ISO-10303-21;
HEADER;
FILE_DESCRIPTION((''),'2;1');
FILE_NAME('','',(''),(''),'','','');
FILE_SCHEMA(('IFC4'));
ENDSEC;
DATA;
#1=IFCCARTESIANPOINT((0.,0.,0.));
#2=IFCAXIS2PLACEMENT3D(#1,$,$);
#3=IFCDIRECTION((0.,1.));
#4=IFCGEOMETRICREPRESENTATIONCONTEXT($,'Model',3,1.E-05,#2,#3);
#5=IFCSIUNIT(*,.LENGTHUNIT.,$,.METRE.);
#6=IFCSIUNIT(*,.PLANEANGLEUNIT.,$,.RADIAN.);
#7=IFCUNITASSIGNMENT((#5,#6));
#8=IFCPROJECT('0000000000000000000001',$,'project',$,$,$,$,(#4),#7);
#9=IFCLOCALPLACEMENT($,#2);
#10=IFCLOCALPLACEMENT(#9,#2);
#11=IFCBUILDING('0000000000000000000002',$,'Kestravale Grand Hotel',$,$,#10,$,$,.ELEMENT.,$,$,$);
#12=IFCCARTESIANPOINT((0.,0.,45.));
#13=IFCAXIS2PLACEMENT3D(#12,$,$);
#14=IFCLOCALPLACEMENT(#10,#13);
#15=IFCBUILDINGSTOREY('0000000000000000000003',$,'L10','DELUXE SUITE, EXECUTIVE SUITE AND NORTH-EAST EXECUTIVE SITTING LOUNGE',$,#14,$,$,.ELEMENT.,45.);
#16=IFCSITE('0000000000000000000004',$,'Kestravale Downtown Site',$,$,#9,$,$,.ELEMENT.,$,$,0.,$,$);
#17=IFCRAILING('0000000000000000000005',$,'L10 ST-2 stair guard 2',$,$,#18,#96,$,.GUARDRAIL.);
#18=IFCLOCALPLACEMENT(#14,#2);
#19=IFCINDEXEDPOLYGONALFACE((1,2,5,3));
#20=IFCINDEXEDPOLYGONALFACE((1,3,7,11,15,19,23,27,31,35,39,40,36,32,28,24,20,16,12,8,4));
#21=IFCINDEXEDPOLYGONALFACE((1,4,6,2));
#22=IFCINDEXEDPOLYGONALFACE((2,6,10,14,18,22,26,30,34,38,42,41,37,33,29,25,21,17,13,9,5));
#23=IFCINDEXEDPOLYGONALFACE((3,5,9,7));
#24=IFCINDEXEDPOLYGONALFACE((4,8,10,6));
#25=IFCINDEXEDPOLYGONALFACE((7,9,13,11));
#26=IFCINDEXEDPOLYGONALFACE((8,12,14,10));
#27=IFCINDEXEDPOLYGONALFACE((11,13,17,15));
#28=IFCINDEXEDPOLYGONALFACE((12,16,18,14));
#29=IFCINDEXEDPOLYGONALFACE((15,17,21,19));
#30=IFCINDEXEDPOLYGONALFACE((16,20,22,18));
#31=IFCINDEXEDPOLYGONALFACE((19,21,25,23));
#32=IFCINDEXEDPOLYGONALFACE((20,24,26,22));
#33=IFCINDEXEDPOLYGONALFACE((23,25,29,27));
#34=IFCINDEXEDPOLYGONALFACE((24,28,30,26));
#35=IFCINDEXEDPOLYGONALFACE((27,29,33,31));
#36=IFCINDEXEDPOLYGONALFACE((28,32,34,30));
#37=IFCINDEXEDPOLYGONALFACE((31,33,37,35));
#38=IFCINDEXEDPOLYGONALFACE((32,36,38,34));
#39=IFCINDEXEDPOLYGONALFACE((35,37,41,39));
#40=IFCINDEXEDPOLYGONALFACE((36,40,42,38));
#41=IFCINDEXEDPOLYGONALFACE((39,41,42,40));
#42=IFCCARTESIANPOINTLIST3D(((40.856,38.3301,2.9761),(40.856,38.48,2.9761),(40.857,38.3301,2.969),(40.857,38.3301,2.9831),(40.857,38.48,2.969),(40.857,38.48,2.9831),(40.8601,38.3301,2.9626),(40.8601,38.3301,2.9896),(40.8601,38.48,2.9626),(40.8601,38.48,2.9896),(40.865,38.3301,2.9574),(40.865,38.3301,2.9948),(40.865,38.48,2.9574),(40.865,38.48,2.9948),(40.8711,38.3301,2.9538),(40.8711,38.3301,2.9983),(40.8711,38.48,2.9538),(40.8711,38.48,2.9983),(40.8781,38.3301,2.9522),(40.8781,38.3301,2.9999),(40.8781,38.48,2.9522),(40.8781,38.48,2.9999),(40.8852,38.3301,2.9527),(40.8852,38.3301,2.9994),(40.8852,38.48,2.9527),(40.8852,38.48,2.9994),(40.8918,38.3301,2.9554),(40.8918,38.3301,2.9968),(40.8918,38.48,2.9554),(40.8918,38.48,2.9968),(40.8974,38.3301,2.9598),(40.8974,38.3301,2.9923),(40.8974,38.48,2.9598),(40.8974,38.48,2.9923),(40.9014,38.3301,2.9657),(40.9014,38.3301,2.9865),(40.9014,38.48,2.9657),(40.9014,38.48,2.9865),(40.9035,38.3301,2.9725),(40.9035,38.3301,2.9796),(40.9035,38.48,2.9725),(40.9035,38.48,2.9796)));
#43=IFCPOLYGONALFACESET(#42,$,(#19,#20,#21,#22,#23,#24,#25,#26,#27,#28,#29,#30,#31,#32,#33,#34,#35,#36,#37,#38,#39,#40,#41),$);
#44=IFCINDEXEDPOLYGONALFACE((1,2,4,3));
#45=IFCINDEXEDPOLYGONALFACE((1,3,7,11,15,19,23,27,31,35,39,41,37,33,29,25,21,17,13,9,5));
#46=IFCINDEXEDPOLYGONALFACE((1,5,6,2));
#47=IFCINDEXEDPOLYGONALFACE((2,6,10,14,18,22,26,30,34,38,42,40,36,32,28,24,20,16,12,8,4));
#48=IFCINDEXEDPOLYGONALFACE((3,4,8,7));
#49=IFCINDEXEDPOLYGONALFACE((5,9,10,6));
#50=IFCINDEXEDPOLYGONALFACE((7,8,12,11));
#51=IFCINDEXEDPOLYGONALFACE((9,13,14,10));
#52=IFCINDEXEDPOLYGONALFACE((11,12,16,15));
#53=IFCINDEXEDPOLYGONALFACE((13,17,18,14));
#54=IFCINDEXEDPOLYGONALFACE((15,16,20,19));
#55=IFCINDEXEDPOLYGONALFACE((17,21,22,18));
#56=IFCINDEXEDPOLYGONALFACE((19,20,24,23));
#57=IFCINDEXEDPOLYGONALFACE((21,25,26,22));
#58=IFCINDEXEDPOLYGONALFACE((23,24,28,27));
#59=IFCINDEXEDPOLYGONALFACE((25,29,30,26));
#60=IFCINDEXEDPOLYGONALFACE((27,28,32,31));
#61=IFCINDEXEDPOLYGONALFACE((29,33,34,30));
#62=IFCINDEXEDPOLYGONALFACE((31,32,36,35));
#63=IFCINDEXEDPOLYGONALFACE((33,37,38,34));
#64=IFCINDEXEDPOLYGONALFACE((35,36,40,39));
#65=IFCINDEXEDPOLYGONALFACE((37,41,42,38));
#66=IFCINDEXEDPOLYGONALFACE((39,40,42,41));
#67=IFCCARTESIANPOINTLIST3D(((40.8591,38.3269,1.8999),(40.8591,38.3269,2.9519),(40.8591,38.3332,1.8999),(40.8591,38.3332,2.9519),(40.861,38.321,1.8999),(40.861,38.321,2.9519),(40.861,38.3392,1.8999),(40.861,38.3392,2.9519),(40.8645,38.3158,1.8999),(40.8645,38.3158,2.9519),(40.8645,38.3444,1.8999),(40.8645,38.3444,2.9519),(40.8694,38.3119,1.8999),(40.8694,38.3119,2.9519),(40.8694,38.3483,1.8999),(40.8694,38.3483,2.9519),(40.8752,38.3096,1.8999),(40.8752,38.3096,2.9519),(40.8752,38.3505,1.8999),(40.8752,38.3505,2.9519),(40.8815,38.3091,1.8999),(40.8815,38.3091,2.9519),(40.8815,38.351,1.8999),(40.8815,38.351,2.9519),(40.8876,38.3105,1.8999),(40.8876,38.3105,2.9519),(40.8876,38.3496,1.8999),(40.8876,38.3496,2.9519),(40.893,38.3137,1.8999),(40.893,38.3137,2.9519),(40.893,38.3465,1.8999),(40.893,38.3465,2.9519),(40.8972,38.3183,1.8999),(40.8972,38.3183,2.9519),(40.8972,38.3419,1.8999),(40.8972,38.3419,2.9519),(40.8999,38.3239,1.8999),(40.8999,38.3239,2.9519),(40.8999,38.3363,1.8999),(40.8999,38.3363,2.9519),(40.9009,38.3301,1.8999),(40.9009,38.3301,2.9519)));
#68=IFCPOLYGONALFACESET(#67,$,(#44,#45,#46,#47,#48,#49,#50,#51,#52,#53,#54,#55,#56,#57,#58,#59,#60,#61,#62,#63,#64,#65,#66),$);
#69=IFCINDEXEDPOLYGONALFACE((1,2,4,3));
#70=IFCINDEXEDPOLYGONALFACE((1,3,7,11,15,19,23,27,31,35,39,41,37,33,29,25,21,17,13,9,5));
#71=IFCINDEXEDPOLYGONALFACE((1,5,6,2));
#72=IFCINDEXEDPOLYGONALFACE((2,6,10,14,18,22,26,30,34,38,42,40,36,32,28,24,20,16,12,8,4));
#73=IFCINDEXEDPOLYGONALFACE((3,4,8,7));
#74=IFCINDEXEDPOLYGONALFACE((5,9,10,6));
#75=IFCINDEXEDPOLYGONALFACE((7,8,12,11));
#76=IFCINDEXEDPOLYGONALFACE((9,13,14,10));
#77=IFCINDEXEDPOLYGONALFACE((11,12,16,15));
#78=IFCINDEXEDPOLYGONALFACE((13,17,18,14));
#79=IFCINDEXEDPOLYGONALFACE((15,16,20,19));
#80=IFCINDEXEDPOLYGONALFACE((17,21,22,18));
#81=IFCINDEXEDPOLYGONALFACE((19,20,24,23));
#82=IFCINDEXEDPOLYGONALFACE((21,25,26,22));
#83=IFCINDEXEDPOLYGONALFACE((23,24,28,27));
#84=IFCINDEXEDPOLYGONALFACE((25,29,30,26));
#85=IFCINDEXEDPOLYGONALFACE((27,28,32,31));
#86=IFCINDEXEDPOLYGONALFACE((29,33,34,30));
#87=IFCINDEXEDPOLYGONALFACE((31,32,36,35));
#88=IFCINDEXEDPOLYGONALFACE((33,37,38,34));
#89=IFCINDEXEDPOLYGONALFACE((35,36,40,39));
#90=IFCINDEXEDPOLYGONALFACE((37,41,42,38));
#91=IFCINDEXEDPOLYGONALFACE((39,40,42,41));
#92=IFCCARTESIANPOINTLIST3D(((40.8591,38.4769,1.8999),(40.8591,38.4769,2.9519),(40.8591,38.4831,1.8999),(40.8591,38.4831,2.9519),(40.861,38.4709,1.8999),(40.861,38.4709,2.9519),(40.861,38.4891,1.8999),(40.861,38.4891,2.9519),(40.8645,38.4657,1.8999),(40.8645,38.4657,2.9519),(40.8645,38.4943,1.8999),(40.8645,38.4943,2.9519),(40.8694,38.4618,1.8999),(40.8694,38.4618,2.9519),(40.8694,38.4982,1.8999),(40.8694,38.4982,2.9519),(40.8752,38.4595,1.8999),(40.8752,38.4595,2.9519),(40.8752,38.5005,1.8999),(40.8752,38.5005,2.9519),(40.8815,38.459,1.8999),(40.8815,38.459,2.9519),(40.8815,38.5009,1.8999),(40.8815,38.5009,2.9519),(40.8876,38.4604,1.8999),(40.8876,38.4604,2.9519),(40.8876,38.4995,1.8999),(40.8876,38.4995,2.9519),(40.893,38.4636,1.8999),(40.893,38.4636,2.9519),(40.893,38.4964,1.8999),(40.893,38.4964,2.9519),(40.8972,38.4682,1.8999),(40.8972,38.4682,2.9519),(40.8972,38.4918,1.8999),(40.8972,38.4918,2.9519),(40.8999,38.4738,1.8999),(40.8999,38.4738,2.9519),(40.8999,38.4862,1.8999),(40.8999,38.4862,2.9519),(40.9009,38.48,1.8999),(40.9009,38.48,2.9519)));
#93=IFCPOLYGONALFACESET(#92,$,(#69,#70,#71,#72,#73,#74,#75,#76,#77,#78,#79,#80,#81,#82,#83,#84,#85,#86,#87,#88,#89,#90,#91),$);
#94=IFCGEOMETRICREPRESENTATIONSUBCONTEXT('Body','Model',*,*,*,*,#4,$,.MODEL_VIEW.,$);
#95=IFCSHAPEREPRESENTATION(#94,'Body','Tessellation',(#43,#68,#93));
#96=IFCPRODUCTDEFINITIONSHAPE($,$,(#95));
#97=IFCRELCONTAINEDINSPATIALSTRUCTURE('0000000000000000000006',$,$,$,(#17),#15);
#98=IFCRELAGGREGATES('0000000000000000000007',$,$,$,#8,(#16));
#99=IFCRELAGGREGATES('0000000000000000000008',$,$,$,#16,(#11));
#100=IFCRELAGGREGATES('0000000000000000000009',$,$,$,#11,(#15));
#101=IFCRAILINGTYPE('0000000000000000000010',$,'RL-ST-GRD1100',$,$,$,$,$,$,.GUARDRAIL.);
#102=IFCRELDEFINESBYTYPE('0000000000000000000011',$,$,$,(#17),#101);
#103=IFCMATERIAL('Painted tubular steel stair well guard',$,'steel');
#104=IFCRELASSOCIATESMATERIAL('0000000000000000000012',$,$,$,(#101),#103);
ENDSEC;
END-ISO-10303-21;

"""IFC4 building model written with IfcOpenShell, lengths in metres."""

from ifc_helpers import new_model, si_unit, direction, frame, origin, origin_2d, place, context, subcontext, project, spatial, circle, extrude, material, type_object, element, save


model = new_model("IFC4")

# Units and contexts
model_context = context("Model", 3, precision=1e-05, world=origin(), true_north=direction((0.0, 1.0)))
body_context = subcontext(model_context, "Body", "Model", "MODEL_VIEW")
ifc_project = project(units=[si_unit("LENGTHUNIT", "METRE"), si_unit("PLANEANGLEUNIT", "RADIAN")], contexts=[model_context])

# Site, building, storey
site_placement = place(None, origin())
site = spatial("IfcSite", under=ifc_project, at=site_placement, Name="Kestravale Downtown Site", CompositionType="ELEMENT", RefElevation=0.0)
building_placement = place(site_placement, origin())
building = spatial("IfcBuilding", under=site, at=building_placement, Name="Kestravale Grand Hotel", CompositionType="ELEMENT")
storey_placement = place(building_placement, frame((0.0, 0.0, 45.0)))
storey = spatial("IfcBuildingStorey", under=building, at=storey_placement, Name="L10", Description="DELUXE SUITE, EXECUTIVE SUITE AND NORTH-EAST EXECUTIVE SITTING LOUNGE", CompositionType="ELEMENT", Elevation=45.0)

# Railing
ifc_material_1 = material(Name="Painted tubular steel stair well guard", Category="steel")
railing_type_1 = type_object("IfcRailingType", Name="RL-ST-GRD1100", PredefinedType="GUARDRAIL", material=ifc_material_1)
railing_1_placement = place(storey_placement, frame((40.8799, 38.3301, 1.8999)))
element("IfcRailing", 1, at=railing_1_placement, inside=storey, type_object=railing_type_1, Name="L10 ST-2 stair guard 2", PredefinedType="GUARDRAIL", context=body_context, shape_type="SweptSolid", body=[
    extrude(circle(Radius=0.0239, at=origin_2d()), frame((0.0, 0.0, 1.0762), z_axis=(0.0, 1.0, 0.0), x_axis=(-1.0, 0.0, 0.0)), (0.0, 0.0, 1.0), 0.1499),
    extrude(circle(Radius=0.021, at=origin_2d()), origin(), (0.0, 0.0, 1.0), 1.052),
    extrude(circle(Radius=0.021, at=origin_2d()), frame((0.0, 0.1499, 0.0)), (0.0, 0.0, 1.0), 1.052),
])

save(model, "model.ifc")
